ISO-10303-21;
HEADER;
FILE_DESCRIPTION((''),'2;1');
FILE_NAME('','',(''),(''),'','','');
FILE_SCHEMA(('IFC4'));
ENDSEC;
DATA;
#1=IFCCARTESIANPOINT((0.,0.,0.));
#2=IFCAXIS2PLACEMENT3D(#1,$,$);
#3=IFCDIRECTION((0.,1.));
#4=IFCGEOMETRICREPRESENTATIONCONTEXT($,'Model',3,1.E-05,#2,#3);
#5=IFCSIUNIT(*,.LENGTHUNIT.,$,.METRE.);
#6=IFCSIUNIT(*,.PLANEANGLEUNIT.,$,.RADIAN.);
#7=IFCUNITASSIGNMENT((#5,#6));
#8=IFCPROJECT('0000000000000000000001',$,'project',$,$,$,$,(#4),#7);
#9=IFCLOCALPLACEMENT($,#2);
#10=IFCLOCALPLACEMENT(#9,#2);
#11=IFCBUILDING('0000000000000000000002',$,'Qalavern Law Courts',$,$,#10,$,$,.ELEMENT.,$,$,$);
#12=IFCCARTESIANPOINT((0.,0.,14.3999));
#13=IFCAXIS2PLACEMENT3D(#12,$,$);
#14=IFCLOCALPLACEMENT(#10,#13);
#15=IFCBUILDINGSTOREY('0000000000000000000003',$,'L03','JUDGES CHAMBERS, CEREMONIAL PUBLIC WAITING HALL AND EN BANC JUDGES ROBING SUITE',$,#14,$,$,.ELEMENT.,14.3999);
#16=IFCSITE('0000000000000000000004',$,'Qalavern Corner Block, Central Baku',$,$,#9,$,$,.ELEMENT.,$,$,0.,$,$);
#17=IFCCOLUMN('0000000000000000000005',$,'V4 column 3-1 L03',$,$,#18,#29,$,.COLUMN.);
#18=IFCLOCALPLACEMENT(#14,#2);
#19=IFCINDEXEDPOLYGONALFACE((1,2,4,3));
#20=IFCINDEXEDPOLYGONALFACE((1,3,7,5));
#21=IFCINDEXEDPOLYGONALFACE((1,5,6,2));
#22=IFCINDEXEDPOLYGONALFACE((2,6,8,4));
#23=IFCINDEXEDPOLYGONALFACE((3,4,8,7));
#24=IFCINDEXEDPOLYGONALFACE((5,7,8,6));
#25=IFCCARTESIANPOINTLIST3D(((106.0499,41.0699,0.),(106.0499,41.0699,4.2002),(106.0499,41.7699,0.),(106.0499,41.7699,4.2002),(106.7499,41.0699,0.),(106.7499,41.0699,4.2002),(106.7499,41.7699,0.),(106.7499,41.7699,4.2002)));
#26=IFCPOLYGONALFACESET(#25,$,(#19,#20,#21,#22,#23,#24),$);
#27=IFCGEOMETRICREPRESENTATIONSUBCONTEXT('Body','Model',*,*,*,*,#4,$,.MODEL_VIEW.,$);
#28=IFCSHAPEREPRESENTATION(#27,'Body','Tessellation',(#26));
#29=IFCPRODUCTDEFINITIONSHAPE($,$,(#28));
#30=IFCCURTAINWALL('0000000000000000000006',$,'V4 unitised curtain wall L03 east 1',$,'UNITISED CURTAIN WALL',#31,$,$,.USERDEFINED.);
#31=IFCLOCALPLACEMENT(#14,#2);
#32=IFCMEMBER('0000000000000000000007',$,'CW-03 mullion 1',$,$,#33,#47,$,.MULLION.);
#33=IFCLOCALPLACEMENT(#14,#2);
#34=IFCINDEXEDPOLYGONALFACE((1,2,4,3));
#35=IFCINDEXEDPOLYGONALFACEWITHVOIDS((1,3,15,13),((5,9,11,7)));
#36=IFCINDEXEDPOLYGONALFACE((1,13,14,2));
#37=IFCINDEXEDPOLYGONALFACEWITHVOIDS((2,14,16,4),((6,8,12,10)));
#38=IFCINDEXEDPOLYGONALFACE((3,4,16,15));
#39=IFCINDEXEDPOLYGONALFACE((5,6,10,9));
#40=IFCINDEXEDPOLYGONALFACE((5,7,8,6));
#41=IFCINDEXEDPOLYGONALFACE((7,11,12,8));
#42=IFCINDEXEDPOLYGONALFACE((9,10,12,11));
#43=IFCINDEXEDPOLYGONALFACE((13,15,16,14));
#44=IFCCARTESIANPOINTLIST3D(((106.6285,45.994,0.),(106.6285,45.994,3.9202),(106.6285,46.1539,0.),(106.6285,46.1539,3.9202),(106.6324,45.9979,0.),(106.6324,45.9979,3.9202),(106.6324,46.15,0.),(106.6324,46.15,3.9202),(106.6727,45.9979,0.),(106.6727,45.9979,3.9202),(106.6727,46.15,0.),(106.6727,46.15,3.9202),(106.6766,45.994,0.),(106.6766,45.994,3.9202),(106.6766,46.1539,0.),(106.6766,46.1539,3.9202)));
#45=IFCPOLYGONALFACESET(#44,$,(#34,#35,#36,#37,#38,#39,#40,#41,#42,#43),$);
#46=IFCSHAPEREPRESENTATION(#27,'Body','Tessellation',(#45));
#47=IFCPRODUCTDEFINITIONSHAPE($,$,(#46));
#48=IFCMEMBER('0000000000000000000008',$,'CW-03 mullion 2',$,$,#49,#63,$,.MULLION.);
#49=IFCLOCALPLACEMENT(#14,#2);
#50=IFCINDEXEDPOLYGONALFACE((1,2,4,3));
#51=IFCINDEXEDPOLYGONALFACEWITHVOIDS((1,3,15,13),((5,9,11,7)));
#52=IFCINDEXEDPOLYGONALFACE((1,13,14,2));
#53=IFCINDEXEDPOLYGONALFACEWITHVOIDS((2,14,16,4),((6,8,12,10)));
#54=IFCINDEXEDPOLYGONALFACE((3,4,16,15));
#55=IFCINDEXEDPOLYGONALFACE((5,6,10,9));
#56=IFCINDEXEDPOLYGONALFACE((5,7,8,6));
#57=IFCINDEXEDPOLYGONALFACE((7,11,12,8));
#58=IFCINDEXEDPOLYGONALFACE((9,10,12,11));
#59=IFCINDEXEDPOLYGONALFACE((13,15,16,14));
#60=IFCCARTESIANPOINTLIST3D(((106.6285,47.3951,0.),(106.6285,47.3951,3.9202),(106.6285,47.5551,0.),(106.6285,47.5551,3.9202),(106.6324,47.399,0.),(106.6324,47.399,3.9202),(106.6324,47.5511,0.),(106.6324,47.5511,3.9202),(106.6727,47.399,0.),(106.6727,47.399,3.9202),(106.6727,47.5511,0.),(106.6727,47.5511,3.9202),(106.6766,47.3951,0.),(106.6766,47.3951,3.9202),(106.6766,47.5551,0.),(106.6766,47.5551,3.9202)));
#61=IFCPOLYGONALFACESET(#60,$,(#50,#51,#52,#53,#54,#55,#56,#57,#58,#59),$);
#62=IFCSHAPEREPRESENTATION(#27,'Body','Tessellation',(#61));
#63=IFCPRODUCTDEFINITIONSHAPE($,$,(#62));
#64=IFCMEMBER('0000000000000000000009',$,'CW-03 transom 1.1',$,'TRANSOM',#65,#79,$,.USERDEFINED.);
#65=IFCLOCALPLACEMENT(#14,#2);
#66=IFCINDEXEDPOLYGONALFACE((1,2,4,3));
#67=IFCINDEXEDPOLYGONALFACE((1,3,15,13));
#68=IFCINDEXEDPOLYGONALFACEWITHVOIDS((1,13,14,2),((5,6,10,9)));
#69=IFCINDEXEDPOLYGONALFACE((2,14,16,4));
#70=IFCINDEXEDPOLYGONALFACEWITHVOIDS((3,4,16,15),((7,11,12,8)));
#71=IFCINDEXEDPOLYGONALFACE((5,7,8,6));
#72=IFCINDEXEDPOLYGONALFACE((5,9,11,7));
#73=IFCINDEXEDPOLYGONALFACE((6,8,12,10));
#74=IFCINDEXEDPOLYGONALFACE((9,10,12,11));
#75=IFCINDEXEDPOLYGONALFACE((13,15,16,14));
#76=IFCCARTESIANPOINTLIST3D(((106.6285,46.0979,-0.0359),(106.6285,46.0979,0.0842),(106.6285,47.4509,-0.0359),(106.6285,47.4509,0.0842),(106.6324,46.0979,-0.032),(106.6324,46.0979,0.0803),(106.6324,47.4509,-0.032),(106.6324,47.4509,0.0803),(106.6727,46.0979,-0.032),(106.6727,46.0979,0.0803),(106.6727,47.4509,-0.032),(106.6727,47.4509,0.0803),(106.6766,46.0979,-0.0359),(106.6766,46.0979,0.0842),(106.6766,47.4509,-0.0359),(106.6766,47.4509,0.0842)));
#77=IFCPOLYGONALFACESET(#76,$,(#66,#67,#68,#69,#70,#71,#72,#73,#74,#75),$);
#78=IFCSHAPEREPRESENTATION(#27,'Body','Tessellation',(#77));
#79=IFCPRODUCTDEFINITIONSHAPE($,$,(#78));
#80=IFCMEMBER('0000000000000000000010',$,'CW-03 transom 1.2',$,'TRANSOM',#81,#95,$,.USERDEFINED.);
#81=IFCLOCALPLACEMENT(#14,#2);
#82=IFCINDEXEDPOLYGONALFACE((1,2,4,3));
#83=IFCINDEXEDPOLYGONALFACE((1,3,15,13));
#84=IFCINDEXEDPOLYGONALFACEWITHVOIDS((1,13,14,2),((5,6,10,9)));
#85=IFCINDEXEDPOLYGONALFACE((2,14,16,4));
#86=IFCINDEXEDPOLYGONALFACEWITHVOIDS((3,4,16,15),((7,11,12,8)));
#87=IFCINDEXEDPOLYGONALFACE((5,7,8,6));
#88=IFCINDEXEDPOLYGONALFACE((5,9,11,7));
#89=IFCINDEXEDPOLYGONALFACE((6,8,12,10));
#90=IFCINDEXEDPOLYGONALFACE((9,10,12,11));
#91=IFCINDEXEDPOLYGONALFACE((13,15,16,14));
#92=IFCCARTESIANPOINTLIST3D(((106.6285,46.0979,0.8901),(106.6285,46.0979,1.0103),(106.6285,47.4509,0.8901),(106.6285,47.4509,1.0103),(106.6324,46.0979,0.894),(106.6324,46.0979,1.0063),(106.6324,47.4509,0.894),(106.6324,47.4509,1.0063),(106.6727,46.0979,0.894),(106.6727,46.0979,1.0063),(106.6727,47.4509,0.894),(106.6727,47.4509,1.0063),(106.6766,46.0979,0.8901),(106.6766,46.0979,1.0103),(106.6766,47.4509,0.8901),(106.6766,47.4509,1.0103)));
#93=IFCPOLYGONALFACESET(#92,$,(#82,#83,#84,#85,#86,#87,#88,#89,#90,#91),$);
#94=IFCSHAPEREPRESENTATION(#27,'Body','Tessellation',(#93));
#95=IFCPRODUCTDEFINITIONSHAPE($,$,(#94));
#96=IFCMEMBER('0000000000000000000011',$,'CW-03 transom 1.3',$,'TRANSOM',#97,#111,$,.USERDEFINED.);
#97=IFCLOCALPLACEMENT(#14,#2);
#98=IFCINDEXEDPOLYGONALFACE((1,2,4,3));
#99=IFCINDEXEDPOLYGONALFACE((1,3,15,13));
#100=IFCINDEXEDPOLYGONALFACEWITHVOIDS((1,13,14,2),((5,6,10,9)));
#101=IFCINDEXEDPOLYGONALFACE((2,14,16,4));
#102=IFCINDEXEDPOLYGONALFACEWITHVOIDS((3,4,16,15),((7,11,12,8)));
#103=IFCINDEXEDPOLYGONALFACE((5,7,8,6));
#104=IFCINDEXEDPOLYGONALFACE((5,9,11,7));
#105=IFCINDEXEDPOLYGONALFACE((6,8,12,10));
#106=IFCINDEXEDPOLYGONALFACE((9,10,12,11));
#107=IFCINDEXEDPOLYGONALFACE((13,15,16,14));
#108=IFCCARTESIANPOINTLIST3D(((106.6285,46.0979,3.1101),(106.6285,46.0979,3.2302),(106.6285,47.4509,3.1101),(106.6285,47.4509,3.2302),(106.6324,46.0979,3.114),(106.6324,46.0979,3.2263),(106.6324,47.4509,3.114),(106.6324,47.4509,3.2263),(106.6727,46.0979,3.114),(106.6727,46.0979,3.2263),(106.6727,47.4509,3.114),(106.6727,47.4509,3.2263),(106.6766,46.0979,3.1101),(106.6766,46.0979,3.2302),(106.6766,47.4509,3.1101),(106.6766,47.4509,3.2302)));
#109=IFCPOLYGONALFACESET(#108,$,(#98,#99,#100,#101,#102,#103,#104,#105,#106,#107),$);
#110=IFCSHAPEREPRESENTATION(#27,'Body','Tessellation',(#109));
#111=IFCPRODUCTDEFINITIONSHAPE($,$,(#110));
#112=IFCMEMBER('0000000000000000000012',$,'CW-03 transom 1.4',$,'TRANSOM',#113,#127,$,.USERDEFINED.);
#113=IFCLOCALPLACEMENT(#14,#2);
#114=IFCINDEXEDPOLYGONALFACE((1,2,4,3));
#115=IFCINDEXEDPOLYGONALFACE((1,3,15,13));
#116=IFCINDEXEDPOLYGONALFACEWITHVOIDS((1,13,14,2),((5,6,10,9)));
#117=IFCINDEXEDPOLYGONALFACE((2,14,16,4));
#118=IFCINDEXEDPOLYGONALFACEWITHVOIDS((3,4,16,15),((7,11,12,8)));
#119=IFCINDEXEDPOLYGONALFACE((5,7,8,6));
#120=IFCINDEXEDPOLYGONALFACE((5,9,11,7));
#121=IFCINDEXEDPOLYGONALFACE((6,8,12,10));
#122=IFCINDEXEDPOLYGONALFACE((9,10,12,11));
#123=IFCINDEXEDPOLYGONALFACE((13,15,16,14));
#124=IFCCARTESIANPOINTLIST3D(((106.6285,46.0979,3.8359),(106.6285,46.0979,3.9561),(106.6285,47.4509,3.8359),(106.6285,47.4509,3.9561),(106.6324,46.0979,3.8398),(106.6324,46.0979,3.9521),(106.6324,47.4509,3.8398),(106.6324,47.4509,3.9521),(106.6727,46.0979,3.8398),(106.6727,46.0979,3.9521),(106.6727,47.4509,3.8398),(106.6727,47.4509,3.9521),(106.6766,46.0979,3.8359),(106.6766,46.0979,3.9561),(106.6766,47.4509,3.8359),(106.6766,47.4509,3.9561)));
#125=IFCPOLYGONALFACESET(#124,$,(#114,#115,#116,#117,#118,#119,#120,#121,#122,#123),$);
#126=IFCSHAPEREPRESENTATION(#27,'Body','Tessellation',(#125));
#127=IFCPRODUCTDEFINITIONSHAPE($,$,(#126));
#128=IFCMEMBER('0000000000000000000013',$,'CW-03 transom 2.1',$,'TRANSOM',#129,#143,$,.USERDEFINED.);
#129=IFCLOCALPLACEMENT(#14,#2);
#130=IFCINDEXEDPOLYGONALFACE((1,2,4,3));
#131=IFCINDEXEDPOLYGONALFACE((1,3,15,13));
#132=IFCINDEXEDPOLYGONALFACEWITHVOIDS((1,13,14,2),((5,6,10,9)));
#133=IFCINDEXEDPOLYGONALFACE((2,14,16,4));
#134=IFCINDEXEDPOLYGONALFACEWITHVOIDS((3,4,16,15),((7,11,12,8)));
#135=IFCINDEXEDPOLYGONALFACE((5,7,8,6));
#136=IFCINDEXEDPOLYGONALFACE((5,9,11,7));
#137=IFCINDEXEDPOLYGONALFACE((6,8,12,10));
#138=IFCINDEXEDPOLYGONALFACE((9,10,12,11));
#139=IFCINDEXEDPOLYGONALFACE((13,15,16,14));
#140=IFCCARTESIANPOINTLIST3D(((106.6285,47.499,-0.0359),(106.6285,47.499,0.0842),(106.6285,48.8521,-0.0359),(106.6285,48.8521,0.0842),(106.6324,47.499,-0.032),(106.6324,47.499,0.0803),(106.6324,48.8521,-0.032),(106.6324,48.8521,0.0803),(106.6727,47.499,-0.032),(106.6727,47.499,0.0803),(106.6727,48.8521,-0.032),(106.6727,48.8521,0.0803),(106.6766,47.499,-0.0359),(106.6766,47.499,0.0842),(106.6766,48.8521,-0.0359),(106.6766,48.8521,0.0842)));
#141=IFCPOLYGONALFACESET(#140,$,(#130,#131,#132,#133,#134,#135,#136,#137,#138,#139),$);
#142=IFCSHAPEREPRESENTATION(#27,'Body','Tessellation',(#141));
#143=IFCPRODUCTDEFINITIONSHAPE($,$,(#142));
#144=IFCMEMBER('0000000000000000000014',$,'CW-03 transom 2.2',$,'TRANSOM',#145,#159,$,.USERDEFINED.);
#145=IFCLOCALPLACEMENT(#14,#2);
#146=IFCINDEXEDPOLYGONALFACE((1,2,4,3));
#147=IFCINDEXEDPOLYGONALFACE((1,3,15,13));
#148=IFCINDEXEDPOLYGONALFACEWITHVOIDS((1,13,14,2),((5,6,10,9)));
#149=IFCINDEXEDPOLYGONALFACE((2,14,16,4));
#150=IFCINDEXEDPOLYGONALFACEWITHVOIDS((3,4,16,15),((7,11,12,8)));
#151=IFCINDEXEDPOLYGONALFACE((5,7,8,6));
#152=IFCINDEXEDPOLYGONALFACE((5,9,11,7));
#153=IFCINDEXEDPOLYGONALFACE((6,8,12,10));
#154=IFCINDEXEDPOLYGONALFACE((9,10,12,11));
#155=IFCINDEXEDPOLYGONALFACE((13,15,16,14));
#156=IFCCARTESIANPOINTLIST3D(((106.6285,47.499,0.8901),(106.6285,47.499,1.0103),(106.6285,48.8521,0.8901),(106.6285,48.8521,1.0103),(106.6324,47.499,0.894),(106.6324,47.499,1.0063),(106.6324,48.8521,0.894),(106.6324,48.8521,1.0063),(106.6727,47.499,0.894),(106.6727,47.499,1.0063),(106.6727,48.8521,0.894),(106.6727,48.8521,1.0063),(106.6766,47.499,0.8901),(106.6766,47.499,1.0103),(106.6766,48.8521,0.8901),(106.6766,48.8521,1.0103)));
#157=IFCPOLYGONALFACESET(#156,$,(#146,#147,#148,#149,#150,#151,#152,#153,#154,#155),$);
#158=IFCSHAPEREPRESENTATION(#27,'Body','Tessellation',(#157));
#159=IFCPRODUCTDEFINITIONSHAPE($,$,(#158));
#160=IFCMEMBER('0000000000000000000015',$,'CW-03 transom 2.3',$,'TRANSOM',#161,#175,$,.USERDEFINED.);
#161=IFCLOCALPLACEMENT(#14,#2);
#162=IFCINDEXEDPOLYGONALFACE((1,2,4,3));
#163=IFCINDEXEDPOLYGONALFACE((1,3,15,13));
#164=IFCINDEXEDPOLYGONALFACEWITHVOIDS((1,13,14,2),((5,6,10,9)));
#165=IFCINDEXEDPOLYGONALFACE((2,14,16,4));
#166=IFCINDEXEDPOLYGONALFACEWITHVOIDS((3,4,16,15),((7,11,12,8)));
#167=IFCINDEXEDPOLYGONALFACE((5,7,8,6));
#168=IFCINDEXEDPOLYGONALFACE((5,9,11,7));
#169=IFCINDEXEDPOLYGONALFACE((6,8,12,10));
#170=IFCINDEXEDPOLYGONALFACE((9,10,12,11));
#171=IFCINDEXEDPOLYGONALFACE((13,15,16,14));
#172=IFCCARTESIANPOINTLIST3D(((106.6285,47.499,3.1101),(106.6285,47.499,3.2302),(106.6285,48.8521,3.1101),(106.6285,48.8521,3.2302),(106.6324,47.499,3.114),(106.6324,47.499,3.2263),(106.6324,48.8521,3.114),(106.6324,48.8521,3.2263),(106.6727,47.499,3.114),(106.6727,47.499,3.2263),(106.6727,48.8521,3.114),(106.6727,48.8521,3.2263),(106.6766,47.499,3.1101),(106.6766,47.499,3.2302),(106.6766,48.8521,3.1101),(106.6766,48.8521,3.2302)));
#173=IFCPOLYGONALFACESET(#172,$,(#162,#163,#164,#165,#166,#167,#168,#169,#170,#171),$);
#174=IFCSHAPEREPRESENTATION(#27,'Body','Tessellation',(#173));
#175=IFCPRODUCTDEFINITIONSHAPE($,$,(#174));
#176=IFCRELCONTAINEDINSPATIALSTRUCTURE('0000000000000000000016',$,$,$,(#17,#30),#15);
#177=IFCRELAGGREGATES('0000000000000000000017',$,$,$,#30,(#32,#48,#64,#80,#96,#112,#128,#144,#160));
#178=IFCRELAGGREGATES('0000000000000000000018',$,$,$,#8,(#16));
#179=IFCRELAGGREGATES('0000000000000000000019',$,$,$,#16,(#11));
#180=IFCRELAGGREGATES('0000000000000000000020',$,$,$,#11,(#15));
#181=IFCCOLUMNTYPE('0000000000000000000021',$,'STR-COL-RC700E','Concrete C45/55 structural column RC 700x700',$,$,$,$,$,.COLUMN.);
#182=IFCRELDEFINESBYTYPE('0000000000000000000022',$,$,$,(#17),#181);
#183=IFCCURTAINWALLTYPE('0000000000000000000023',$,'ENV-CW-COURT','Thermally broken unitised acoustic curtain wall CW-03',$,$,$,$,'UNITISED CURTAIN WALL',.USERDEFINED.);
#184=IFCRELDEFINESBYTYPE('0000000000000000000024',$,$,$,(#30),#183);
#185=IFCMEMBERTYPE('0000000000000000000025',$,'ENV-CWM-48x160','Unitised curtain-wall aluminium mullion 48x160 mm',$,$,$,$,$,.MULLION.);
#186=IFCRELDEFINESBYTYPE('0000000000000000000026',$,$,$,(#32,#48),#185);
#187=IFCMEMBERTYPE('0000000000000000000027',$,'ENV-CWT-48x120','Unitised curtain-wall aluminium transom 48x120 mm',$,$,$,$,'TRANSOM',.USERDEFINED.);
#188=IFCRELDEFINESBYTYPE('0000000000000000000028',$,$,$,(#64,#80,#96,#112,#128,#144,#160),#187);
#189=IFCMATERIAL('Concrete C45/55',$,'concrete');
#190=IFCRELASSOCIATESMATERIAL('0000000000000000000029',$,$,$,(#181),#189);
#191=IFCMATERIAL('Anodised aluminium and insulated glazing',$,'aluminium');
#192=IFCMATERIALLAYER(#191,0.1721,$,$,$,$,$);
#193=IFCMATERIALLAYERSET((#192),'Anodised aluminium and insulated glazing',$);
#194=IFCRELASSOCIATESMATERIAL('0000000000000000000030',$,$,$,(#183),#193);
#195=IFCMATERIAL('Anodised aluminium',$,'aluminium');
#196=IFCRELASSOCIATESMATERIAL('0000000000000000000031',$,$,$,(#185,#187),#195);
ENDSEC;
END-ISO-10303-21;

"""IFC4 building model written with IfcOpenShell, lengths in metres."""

from ifc_helpers import new_model, si_unit, direction, frame, origin, origin_2d, place, context, subcontext, project, spatial, rectangle, hollow_rectangle, extrude, material, layer, layer_set, material_profile, profile_set, type_object, element, aggregate, save


model = new_model("IFC4")

# Units and contexts
model_context = context("Model", 3, precision=1e-05, world=origin(), true_north=direction((0.0, 1.0)))
body_context = subcontext(model_context, "Body", "Model", "MODEL_VIEW")
ifc_project = project(units=[si_unit("LENGTHUNIT", "METRE"), si_unit("PLANEANGLEUNIT", "RADIAN")], contexts=[model_context])

# Site, building, storey
site_placement = place(None, origin())
site = spatial("IfcSite", under=ifc_project, at=site_placement, Name="Qalavern Corner Block, Central Baku", CompositionType="ELEMENT", RefElevation=0.0)
building_placement = place(site_placement, origin())
building = spatial("IfcBuilding", under=site, at=building_placement, Name="Qalavern Law Courts", CompositionType="ELEMENT")
storey_placement = place(building_placement, frame((0.0, 0.0, 14.3999)))
storey = spatial("IfcBuildingStorey", under=building, at=storey_placement, Name="L03", Description="JUDGES CHAMBERS, CEREMONIAL PUBLIC WAITING HALL AND EN BANC JUDGES ROBING SUITE", CompositionType="ELEMENT", Elevation=14.3999)

# Column
ifc_material_1 = material(Name="Concrete C45/55", Category="concrete")
ifc_material_profile_1 = material_profile(ifc_material_1, rectangle(XDim=0.7, YDim=0.7, at=origin_2d()), Name="RC 700x700")
ifc_profile_set_1 = profile_set([ifc_material_profile_1], Name="Concrete C45/55")
column_type = type_object("IfcColumnType", Name="STR-COL-RC700E", Description="Concrete C45/55 structural column RC 700x700", PredefinedType="COLUMN", material=ifc_profile_set_1)
column_placement = place(storey_placement, frame((106.3999, 41.4199, 0.0), z_axis=(0.0, 0.0, 1.0), x_axis=(1.0, 0.0, 0.0)))
element("IfcColumn", 1, at=column_placement, inside=storey, type_object=column_type, Name="V4 column 3-1 L03", PredefinedType="COLUMN", context=body_context, shape_type="SweptSolid", body=[
    extrude(rectangle(XDim=0.7, YDim=0.7, at=origin_2d()), origin(), (0.0, 0.0, 1.0), 4.2002),
])

# Curtain wall, members
ifc_material_2 = material(Name="Anodised aluminium and insulated glazing", Category="aluminium")
ifc_layer_1 = layer(ifc_material_2, 0.1721)
ifc_layer_set_1 = layer_set([ifc_layer_1], Name="Anodised aluminium and insulated glazing")
curtain_wall_type = type_object("IfcCurtainWallType", Name="ENV-CW-COURT", Description="Thermally broken unitised acoustic curtain wall CW-03", ElementType="UNITISED CURTAIN WALL", PredefinedType="USERDEFINED", material=ifc_layer_set_1)
curtain_wall_placement = place(storey_placement, origin())
curtain_wall = element("IfcCurtainWall", 2, at=curtain_wall_placement, inside=storey, type_object=curtain_wall_type, Name="V4 unitised curtain wall L03 east 1", ObjectType="UNITISED CURTAIN WALL", PredefinedType="USERDEFINED")
ifc_material_3 = material(Name="Anodised aluminium", Category="aluminium")
ifc_material_profile_2 = material_profile(ifc_material_3, hollow_rectangle(XDim=0.0481, YDim=0.1599, WallThickness=0.0039, at=origin_2d()), Name="ALU MULLION 48x160")
ifc_profile_set_2 = profile_set([ifc_material_profile_2], Name="Anodised aluminium")
member_type_1 = type_object("IfcMemberType", Name="ENV-CWM-48x160", Description="Unitised curtain-wall aluminium mullion 48x160 mm", PredefinedType="MULLION", material=ifc_profile_set_2)
member_1_placement = place(storey_placement, frame((106.6526, 46.074, 0.0), z_axis=(0.0, 0.0, 1.0), x_axis=(-1.0, 0.0, 0.0)))
member_1 = element("IfcMember", 3, at=member_1_placement, type_object=member_type_1, Name="CW-03 mullion 1", PredefinedType="MULLION", context=body_context, shape_type="SweptSolid", body=[
    extrude(hollow_rectangle(XDim=0.0481, YDim=0.1599, WallThickness=0.0039, at=origin_2d()), origin(), (0.0, 0.0, 1.0), 3.9202),
])
member_2_placement = place(storey_placement, frame((106.6526, 47.4751, 0.0), z_axis=(0.0, 0.0, 1.0), x_axis=(-1.0, 0.0, 0.0)))
member_2 = element("IfcMember", 4, at=member_2_placement, type_object=member_type_1, Name="CW-03 mullion 2", PredefinedType="MULLION", context=body_context, shape_type="SweptSolid", body=[
    extrude(hollow_rectangle(XDim=0.0481, YDim=0.1599, WallThickness=0.0039, at=origin_2d()), origin(), (0.0, 0.0, 1.0), 3.9202),
])
ifc_material_profile_3 = material_profile(ifc_material_3, hollow_rectangle(XDim=0.0481, YDim=0.1201, WallThickness=0.0039, at=origin_2d()), Name="ALU TRANSOM 48x120")
ifc_profile_set_3 = profile_set([ifc_material_profile_3], Name="Anodised aluminium")
member_type_2 = type_object("IfcMemberType", Name="ENV-CWT-48x120", Description="Unitised curtain-wall aluminium transom 48x120 mm", ElementType="TRANSOM", PredefinedType="USERDEFINED", material=ifc_profile_set_3)
member_3_placement = place(storey_placement, frame((106.6526, 46.0979, 0.0242), z_axis=(0.0, 1.0, 0.0), x_axis=(-1.0, 0.0, 0.0)))
member_3 = element("IfcMember", 5, at=member_3_placement, type_object=member_type_2, Name="CW-03 transom 1.1", ObjectType="TRANSOM", PredefinedType="USERDEFINED", context=body_context, shape_type="SweptSolid", body=[
    extrude(hollow_rectangle(XDim=0.0481, YDim=0.1201, WallThickness=0.0039, at=origin_2d()), origin(), (0.0, 0.0, 1.0), 1.353),
])
member_4_placement = place(storey_placement, frame((106.6526, 46.0979, 0.9502), z_axis=(0.0, 1.0, 0.0), x_axis=(-1.0, 0.0, 0.0)))
member_4 = element("IfcMember", 6, at=member_4_placement, type_object=member_type_2, Name="CW-03 transom 1.2", ObjectType="TRANSOM", PredefinedType="USERDEFINED", context=body_context, shape_type="SweptSolid", body=[
    extrude(hollow_rectangle(XDim=0.0481, YDim=0.1201, WallThickness=0.0039, at=origin_2d()), origin(), (0.0, 0.0, 1.0), 1.353),
])
member_5_placement = place(storey_placement, frame((106.6526, 46.0979, 3.1702), z_axis=(0.0, 1.0, 0.0), x_axis=(-1.0, 0.0, 0.0)))
member_5 = element("IfcMember", 7, at=member_5_placement, type_object=member_type_2, Name="CW-03 transom 1.3", ObjectType="TRANSOM", PredefinedType="USERDEFINED", context=body_context, shape_type="SweptSolid", body=[
    extrude(hollow_rectangle(XDim=0.0481, YDim=0.1201, WallThickness=0.0039, at=origin_2d()), origin(), (0.0, 0.0, 1.0), 1.353),
])
member_6_placement = place(storey_placement, frame((106.6526, 46.0979, 3.896), z_axis=(0.0, 1.0, 0.0), x_axis=(-1.0, 0.0, 0.0)))
member_6 = element("IfcMember", 8, at=member_6_placement, type_object=member_type_2, Name="CW-03 transom 1.4", ObjectType="TRANSOM", PredefinedType="USERDEFINED", context=body_context, shape_type="SweptSolid", body=[
    extrude(hollow_rectangle(XDim=0.0481, YDim=0.1201, WallThickness=0.0039, at=origin_2d()), origin(), (0.0, 0.0, 1.0), 1.353),
])
member_7_placement = place(storey_placement, frame((106.6526, 47.499, 0.0242), z_axis=(0.0, 1.0, 0.0), x_axis=(-1.0, 0.0, 0.0)))
member_7 = element("IfcMember", 9, at=member_7_placement, type_object=member_type_2, Name="CW-03 transom 2.1", ObjectType="TRANSOM", PredefinedType="USERDEFINED", context=body_context, shape_type="SweptSolid", body=[
    extrude(hollow_rectangle(XDim=0.0481, YDim=0.1201, WallThickness=0.0039, at=origin_2d()), origin(), (0.0, 0.0, 1.0), 1.353),
])
member_8_placement = place(storey_placement, frame((106.6526, 47.499, 0.9502), z_axis=(0.0, 1.0, 0.0), x_axis=(-1.0, 0.0, 0.0)))
member_8 = element("IfcMember", 10, at=member_8_placement, type_object=member_type_2, Name="CW-03 transom 2.2", ObjectType="TRANSOM", PredefinedType="USERDEFINED", context=body_context, shape_type="SweptSolid", body=[
    extrude(hollow_rectangle(XDim=0.0481, YDim=0.1201, WallThickness=0.0039, at=origin_2d()), origin(), (0.0, 0.0, 1.0), 1.353),
])
member_9_placement = place(storey_placement, frame((106.6526, 47.499, 3.1702), z_axis=(0.0, 1.0, 0.0), x_axis=(-1.0, 0.0, 0.0)))
member_9 = element("IfcMember", 11, at=member_9_placement, type_object=member_type_2, Name="CW-03 transom 2.3", ObjectType="TRANSOM", PredefinedType="USERDEFINED", context=body_context, shape_type="SweptSolid", body=[
    extrude(hollow_rectangle(XDim=0.0481, YDim=0.1201, WallThickness=0.0039, at=origin_2d()), origin(), (0.0, 0.0, 1.0), 1.353),
])

aggregate(curtain_wall, [member_1, member_2, member_3, member_4, member_5, member_6, member_7, member_8, member_9])

save(model, "model.ifc")
